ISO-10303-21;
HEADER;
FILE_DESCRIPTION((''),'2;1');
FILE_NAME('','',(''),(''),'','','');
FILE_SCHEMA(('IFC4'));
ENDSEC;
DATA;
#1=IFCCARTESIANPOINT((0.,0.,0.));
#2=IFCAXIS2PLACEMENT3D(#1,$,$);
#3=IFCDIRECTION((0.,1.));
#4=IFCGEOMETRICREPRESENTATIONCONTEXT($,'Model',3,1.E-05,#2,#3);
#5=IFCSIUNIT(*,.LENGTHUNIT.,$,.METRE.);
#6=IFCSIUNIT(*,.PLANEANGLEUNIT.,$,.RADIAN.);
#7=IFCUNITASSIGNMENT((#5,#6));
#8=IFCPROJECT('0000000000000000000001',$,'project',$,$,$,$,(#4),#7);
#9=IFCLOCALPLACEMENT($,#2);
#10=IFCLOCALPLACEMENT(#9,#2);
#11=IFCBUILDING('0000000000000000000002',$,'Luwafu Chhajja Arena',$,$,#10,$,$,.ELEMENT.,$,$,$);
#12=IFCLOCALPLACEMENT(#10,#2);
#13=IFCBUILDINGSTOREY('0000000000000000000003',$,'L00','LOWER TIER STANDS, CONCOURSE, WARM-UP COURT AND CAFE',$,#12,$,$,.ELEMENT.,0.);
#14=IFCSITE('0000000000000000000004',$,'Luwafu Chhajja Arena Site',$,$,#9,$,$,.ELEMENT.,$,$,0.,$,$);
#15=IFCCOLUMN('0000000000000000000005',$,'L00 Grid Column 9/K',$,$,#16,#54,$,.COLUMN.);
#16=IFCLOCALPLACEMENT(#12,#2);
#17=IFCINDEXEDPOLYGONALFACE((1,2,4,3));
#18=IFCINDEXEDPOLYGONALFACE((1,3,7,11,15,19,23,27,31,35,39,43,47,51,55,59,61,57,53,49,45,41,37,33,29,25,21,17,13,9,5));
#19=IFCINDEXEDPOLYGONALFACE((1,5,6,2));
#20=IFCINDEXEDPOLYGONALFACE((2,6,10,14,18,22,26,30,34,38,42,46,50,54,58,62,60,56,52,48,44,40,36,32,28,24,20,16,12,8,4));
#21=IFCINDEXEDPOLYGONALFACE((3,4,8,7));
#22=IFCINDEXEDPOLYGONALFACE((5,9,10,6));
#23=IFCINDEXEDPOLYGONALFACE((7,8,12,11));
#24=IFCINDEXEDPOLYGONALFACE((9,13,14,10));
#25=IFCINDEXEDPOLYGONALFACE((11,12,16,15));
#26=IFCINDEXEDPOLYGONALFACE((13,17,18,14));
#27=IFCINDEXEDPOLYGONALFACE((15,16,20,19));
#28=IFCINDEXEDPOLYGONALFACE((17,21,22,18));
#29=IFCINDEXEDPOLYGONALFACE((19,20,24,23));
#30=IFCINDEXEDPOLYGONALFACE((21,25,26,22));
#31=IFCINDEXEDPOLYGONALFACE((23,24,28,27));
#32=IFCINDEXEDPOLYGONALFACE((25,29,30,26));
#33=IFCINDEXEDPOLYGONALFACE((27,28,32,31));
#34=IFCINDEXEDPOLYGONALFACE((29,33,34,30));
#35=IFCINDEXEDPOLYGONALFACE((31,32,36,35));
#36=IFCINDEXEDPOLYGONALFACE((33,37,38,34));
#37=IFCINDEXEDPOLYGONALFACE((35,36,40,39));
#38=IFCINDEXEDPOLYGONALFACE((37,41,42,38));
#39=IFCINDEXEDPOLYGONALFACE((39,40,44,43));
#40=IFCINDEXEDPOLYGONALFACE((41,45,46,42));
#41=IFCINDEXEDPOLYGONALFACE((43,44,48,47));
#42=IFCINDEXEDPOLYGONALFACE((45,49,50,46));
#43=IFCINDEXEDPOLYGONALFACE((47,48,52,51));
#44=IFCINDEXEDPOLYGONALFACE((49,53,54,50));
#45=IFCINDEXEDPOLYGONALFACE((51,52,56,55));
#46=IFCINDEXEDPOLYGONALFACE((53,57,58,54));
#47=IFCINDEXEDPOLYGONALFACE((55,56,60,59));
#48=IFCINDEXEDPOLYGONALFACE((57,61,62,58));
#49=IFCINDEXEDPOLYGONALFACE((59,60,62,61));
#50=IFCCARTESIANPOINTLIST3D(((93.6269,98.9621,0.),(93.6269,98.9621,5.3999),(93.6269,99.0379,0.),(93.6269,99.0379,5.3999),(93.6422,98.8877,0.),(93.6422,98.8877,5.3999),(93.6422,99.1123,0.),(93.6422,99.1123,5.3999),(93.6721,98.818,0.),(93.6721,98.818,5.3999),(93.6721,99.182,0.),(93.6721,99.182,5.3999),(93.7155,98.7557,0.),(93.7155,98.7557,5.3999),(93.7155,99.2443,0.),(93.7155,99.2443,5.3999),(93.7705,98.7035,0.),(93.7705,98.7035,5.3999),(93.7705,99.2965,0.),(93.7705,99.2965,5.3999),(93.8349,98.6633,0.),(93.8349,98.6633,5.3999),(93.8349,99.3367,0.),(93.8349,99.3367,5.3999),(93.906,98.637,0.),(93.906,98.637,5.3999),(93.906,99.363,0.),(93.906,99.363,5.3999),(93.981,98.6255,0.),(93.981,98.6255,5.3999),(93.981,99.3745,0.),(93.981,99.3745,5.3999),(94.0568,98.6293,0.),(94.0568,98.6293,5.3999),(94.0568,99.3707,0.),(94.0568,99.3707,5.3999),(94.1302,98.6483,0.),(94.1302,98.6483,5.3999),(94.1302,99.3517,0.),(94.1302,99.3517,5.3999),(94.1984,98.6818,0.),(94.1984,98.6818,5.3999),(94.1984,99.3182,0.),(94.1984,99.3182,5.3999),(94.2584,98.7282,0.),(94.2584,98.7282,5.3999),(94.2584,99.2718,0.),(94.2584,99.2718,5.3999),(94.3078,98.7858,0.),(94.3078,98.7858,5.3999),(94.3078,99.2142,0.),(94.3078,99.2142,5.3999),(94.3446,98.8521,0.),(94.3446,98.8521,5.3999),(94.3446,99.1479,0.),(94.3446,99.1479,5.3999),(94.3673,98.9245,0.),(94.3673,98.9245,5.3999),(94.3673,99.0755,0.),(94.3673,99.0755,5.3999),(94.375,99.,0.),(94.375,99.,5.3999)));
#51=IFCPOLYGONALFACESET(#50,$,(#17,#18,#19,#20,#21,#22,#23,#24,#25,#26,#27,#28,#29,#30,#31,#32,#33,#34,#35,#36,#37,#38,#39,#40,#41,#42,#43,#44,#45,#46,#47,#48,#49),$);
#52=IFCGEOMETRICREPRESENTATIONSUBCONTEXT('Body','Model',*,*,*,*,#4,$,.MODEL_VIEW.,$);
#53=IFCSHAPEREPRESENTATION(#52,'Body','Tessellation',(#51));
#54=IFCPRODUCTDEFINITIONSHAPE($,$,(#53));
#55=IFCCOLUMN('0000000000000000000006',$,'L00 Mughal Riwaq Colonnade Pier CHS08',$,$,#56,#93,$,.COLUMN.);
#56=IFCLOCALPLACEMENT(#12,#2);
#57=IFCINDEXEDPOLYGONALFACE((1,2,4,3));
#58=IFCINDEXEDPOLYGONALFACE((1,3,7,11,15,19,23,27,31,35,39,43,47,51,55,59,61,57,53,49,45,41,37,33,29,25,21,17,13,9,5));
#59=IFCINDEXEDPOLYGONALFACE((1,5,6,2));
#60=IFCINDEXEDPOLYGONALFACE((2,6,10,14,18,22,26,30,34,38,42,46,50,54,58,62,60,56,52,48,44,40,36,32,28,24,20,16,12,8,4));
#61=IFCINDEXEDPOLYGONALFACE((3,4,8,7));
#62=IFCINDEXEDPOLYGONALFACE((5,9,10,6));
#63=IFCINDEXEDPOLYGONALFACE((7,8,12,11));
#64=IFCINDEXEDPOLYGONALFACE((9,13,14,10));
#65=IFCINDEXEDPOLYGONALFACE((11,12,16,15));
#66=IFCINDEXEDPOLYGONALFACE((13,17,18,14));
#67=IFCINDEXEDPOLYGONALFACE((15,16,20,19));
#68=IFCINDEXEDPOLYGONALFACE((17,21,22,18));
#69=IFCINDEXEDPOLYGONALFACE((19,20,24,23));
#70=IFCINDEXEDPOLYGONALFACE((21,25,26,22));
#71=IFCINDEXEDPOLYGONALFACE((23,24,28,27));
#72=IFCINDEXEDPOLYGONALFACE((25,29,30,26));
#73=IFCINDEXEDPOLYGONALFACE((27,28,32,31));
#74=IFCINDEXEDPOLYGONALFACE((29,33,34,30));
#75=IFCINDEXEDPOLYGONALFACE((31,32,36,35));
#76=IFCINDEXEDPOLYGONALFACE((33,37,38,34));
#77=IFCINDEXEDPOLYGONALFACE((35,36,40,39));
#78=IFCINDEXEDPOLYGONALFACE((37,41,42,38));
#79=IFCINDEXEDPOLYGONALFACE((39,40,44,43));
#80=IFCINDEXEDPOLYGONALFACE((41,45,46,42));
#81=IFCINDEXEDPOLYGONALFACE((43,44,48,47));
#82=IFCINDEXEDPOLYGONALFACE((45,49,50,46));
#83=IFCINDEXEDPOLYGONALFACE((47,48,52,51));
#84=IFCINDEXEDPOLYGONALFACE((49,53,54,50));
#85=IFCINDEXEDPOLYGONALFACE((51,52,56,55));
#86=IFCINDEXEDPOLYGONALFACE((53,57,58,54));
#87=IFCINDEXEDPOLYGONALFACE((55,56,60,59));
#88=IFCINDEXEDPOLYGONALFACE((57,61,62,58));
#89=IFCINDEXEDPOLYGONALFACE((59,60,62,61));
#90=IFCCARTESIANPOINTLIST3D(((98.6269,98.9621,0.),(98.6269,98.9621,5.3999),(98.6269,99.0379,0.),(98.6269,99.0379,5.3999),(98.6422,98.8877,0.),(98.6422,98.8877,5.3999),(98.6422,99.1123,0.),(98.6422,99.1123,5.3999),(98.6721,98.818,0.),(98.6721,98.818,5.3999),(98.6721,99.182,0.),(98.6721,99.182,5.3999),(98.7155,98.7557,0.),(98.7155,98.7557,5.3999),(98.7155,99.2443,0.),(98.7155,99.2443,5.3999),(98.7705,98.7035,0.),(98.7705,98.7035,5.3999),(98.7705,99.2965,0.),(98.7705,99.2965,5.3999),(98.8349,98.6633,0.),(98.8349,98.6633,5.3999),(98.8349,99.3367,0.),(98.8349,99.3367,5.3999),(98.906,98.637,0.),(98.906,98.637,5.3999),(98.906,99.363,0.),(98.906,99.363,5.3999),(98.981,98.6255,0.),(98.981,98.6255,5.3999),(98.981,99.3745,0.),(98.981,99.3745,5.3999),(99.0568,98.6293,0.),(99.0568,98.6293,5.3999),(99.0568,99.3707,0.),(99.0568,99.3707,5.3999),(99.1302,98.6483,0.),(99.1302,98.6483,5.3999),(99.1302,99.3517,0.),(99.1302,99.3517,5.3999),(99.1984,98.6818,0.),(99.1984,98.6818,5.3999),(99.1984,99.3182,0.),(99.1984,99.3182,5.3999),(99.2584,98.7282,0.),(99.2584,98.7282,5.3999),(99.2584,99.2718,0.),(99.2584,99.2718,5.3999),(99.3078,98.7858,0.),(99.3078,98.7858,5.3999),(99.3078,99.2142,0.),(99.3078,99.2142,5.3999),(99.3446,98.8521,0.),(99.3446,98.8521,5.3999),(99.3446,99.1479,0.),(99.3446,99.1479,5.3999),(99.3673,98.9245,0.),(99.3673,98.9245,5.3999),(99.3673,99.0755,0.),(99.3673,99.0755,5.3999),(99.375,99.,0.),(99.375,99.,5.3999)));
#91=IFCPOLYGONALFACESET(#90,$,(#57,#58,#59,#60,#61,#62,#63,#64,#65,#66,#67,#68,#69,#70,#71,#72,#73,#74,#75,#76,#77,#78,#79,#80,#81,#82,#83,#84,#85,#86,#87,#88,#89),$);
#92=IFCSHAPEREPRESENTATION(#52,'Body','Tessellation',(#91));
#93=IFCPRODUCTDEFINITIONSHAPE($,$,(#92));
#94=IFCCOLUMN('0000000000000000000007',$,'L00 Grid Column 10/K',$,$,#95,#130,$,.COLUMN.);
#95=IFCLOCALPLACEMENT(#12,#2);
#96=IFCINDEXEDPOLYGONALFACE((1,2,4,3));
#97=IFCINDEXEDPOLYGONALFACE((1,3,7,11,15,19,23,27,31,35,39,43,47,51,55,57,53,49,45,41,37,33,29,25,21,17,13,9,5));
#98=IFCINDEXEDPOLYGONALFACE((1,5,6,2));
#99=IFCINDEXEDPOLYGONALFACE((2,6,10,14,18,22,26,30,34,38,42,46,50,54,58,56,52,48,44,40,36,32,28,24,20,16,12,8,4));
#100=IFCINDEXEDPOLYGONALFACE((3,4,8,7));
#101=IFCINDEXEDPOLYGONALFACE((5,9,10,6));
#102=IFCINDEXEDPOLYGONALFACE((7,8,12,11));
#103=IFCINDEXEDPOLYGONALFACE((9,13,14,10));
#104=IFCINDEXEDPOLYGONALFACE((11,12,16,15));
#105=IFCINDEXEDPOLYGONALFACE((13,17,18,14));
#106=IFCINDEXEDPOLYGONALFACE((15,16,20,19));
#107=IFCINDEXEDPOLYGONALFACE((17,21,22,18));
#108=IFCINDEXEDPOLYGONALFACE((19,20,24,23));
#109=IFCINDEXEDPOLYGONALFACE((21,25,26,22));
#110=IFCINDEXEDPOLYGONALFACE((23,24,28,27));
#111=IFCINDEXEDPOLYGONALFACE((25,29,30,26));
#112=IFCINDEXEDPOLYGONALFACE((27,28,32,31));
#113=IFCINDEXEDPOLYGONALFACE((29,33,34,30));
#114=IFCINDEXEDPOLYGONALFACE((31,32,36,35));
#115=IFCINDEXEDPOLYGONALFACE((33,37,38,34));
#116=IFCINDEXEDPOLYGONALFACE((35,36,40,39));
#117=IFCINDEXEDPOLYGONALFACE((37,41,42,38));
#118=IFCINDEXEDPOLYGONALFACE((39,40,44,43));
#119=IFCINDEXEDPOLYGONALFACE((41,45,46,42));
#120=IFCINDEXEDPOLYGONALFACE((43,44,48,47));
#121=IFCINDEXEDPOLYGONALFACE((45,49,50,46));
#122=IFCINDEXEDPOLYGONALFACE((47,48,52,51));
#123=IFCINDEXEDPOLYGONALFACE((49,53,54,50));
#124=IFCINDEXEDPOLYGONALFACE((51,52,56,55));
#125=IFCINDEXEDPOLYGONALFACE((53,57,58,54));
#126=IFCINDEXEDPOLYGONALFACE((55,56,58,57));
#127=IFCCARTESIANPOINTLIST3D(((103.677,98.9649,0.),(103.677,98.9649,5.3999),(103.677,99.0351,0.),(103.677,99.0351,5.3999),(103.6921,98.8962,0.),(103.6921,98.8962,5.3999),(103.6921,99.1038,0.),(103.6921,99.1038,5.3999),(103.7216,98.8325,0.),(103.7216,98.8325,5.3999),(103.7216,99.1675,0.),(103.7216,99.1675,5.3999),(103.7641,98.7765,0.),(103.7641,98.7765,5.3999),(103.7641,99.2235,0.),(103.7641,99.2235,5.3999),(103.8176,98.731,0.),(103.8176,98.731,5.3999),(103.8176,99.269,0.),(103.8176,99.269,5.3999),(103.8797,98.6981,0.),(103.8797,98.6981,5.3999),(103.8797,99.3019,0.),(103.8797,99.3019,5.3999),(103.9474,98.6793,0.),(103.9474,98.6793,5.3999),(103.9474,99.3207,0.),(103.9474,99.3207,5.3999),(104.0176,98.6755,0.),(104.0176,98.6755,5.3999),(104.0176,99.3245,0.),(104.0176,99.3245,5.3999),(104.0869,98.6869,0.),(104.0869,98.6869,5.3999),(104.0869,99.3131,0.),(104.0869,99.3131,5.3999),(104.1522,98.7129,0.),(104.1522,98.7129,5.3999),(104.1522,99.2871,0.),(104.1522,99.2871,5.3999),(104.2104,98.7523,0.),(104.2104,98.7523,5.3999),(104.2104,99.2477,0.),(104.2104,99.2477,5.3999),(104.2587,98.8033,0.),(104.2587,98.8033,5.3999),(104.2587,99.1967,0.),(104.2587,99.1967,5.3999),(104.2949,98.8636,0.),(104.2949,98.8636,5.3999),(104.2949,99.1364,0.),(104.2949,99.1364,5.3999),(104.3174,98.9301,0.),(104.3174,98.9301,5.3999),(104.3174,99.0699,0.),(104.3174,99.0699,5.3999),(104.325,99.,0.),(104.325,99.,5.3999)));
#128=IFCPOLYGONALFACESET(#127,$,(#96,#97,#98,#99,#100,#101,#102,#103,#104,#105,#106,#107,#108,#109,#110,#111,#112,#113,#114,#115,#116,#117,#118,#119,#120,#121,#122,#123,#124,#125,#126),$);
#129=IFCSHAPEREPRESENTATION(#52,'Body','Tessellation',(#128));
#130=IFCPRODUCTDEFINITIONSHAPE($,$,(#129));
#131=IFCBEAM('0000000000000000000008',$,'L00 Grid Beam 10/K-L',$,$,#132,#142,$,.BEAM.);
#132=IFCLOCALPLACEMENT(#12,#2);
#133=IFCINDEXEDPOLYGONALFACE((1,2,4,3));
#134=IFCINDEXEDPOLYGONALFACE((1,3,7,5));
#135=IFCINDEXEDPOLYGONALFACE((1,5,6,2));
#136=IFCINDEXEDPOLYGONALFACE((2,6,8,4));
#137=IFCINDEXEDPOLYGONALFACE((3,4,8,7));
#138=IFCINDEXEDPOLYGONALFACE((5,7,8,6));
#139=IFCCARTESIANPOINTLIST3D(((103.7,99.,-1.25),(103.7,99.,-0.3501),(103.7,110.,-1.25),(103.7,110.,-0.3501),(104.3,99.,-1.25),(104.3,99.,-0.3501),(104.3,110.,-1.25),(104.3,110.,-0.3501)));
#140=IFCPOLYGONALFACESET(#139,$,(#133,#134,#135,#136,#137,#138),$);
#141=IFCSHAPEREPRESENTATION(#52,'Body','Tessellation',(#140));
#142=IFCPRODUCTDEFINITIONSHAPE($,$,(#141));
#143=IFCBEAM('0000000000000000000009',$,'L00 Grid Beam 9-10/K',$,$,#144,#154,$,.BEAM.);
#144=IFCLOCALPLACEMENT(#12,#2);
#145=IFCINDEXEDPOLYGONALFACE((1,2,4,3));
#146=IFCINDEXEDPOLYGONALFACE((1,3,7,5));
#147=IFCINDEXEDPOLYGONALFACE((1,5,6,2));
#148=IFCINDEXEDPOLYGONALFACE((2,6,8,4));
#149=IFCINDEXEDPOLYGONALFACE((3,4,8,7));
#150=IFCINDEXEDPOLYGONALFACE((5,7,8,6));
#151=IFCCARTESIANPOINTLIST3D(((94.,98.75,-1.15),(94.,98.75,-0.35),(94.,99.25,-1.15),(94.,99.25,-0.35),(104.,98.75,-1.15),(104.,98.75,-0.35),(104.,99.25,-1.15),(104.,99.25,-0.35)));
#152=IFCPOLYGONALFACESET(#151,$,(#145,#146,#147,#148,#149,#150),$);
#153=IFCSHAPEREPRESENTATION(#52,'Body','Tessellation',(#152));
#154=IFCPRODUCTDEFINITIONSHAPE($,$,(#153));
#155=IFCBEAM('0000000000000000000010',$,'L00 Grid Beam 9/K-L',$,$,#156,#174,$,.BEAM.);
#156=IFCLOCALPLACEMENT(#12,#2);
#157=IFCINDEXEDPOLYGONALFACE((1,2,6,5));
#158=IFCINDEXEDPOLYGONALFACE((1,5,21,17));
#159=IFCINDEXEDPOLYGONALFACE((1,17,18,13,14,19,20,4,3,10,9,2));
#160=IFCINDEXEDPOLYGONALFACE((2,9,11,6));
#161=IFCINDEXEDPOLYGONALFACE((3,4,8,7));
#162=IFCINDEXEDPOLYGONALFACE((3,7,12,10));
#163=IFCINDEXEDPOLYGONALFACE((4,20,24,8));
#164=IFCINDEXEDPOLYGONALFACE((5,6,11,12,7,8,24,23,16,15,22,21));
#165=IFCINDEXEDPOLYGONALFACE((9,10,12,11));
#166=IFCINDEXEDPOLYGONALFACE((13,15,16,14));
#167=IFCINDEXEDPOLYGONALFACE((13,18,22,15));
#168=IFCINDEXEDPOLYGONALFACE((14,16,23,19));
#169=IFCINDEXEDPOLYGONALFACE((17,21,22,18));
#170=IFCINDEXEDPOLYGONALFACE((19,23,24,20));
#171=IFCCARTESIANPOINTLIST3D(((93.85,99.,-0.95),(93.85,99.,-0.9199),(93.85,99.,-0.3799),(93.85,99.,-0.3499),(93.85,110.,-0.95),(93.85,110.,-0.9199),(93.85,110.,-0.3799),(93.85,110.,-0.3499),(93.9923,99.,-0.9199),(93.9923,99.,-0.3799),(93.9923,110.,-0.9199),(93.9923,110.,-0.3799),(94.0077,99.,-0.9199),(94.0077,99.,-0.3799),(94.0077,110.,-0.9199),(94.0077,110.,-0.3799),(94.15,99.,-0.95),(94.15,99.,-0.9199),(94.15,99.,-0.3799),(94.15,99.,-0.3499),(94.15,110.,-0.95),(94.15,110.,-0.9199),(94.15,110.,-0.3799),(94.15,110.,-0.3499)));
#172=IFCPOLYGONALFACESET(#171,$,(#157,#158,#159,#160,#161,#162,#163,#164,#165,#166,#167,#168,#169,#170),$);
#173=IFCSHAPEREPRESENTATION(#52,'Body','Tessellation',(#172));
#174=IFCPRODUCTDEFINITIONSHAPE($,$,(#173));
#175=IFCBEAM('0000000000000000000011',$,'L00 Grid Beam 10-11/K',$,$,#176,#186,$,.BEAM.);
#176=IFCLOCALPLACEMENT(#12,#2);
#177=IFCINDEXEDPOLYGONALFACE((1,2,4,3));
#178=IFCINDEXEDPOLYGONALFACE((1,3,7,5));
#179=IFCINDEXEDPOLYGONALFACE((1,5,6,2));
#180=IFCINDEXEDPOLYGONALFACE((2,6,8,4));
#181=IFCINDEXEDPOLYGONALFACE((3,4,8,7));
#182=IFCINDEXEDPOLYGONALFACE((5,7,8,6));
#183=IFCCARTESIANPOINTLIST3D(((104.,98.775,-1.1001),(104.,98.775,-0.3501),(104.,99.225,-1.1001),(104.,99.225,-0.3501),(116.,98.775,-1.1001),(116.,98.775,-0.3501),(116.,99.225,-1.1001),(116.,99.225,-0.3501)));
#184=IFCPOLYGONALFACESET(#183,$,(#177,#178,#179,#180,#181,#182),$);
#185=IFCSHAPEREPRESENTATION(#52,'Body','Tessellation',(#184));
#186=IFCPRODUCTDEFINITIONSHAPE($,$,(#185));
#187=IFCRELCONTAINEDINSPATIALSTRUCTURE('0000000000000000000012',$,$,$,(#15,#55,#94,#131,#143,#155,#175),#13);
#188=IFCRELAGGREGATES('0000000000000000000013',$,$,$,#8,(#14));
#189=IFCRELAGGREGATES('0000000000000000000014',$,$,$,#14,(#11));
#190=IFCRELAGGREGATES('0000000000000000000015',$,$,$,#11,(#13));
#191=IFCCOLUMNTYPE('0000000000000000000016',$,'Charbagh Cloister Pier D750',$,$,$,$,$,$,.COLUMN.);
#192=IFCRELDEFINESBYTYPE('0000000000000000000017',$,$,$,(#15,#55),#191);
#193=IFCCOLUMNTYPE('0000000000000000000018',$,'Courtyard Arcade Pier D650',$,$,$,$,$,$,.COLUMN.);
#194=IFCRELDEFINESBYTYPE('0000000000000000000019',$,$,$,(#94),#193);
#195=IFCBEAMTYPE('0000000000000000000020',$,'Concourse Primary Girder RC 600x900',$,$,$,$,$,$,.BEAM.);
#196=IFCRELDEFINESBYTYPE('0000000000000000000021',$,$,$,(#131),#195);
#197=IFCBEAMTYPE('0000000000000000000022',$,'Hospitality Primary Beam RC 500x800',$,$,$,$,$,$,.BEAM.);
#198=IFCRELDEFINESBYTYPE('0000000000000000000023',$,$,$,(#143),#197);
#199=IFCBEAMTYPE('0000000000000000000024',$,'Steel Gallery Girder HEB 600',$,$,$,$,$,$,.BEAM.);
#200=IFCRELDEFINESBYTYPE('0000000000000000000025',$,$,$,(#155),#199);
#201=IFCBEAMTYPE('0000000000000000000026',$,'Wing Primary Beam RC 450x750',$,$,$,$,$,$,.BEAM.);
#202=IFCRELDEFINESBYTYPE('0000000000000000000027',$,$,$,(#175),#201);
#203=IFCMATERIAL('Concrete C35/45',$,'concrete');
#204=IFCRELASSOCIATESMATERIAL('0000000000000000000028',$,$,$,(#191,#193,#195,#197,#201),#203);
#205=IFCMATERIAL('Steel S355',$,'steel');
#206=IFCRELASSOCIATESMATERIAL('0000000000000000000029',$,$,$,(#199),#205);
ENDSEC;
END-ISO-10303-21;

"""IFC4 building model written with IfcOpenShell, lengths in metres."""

from ifc_helpers import new_model, si_unit, direction, frame, origin, origin_2d, place, context, subcontext, project, spatial, rectangle, circle, i_section, extrude, material, material_profile, profile_set, type_object, element, save


model = new_model("IFC4")

# Units and contexts
model_context = context("Model", 3, precision=1e-05, world=origin(), true_north=direction((0.0, 1.0)))
body_context = subcontext(model_context, "Body", "Model", "MODEL_VIEW")
ifc_project = project(units=[si_unit("LENGTHUNIT", "METRE"), si_unit("PLANEANGLEUNIT", "RADIAN")], contexts=[model_context])

# Site, building, storey
site_placement = place(None, origin())
site = spatial("IfcSite", under=ifc_project, at=site_placement, Name="Luwafu Chhajja Arena Site", CompositionType="ELEMENT", RefElevation=0.0)
building_placement = place(site_placement, origin())
building = spatial("IfcBuilding", under=site, at=building_placement, Name="Luwafu Chhajja Arena", CompositionType="ELEMENT")
storey_placement = place(building_placement, origin())
storey = spatial("IfcBuildingStorey", under=building, at=storey_placement, Name="L00", Description="LOWER TIER STANDS, CONCOURSE, WARM-UP COURT AND CAFE", CompositionType="ELEMENT", Elevation=0.0)

# Columns
ifc_material_1 = material(Name="Concrete C35/45", Category="concrete")
ifc_material_profile_1 = material_profile(ifc_material_1, circle(Radius=0.375, at=origin_2d()), Name="RC COL D750")
ifc_profile_set_1 = profile_set([ifc_material_profile_1], Name="Concrete C35/45")
column_type_1 = type_object("IfcColumnType", Name="Charbagh Cloister Pier D750", PredefinedType="COLUMN", material=ifc_profile_set_1)
for number, where, z_axis, x_axis, name in (
    (1, (94.0, 99.0, 0.0), (0.0, 0.0, 1.0), (1.0, 0.0, 0.0), "L00 Grid Column 9/K"),
    (2, (99.0, 99.0, 0.0), (0.0, 0.0, 1.0), (1.0, 0.0, 0.0), "L00 Mughal Riwaq Colonnade Pier CHS08"),
):
    element("IfcColumn", number, at=place(storey_placement, frame(where, z_axis=z_axis, x_axis=x_axis)), inside=storey, type_object=column_type_1, Name=name, PredefinedType="COLUMN", context=body_context, shape_type="SweptSolid", body=[
        extrude(circle(Radius=0.375, at=origin_2d()), origin(), (0.0, 0.0, 1.0), 5.3999),
    ])
ifc_material_profile_2 = material_profile(ifc_material_1, circle(Radius=0.325, at=origin_2d()), Name="RC COL D650")
ifc_profile_set_2 = profile_set([ifc_material_profile_2], Name="Concrete C35/45")
column_type_2 = type_object("IfcColumnType", Name="Courtyard Arcade Pier D650", PredefinedType="COLUMN", material=ifc_profile_set_2)
column_placement = place(storey_placement, frame((104.0, 99.0, 0.0), z_axis=(0.0, 0.0, 1.0), x_axis=(1.0, 0.0, 0.0)))
element("IfcColumn", 3, at=column_placement, inside=storey, type_object=column_type_2, Name="L00 Grid Column 10/K", PredefinedType="COLUMN", context=body_context, shape_type="SweptSolid", body=[
    extrude(circle(Radius=0.325, at=origin_2d()), origin(), (0.0, 0.0, 1.0), 5.3999),
])

# Beams
ifc_material_profile_3 = material_profile(ifc_material_1, rectangle(XDim=0.6001, YDim=0.8999, at=origin_2d()), Name="RC 600x900")
ifc_profile_set_3 = profile_set([ifc_material_profile_3], Name="Concrete C35/45")
beam_type_1 = type_object("IfcBeamType", Name="Concourse Primary Girder RC 600x900", PredefinedType="BEAM", material=ifc_profile_set_3)
beam_1_placement = place(storey_placement, frame((104.0, 99.0, -0.8), z_axis=(0.0, 1.0, 0.0), x_axis=(-1.0, 0.0, 0.0)))
element("IfcBeam", 4, at=beam_1_placement, inside=storey, type_object=beam_type_1, Name="L00 Grid Beam 10/K-L", PredefinedType="BEAM", context=body_context, shape_type="SweptSolid", body=[
    extrude(rectangle(XDim=0.6001, YDim=0.8999, at=origin_2d()), origin(), (0.0, 0.0, 1.0), 11.0),
])
ifc_material_profile_4 = material_profile(ifc_material_1, rectangle(XDim=0.5, YDim=0.8, at=origin_2d()), Name="RC 500x800")
ifc_profile_set_4 = profile_set([ifc_material_profile_4], Name="Concrete C35/45")
beam_type_2 = type_object("IfcBeamType", Name="Hospitality Primary Beam RC 500x800", PredefinedType="BEAM", material=ifc_profile_set_4)
beam_2_placement = place(storey_placement, frame((94.0, 99.0, -0.75), z_axis=(1.0, 0.0, 0.0), x_axis=(0.0, 1.0, 0.0)))
element("IfcBeam", 5, at=beam_2_placement, inside=storey, type_object=beam_type_2, Name="L00 Grid Beam 9-10/K", PredefinedType="BEAM", context=body_context, shape_type="SweptSolid", body=[
    extrude(rectangle(XDim=0.5, YDim=0.8, at=origin_2d()), origin(), (0.0, 0.0, 1.0), 10.0),
])
ifc_material_2 = material(Name="Steel S355", Category="steel")
ifc_material_profile_5 = material_profile(ifc_material_2, i_section(OverallWidth=0.3, OverallDepth=0.6001, WebThickness=0.0154, FlangeThickness=0.03, at=origin_2d()), Name="HEB 600")
ifc_profile_set_5 = profile_set([ifc_material_profile_5], Name="Steel S355")
beam_type_3 = type_object("IfcBeamType", Name="Steel Gallery Girder HEB 600", PredefinedType="BEAM", material=ifc_profile_set_5)
beam_3_placement = place(storey_placement, frame((94.0, 99.0, -0.6499), z_axis=(0.0, 1.0, 0.0), x_axis=(-1.0, 0.0, 0.0)))
element("IfcBeam", 6, at=beam_3_placement, inside=storey, type_object=beam_type_3, Name="L00 Grid Beam 9/K-L", PredefinedType="BEAM", context=body_context, shape_type="SweptSolid", body=[
    extrude(i_section(OverallWidth=0.3, OverallDepth=0.6001, WebThickness=0.0154, FlangeThickness=0.03, at=origin_2d()), origin(), (0.0, 0.0, 1.0), 11.0),
])
ifc_material_profile_6 = material_profile(ifc_material_1, rectangle(XDim=0.45, YDim=0.75, at=origin_2d()), Name="RC 450x750")
ifc_profile_set_6 = profile_set([ifc_material_profile_6], Name="Concrete C35/45")
beam_type_4 = type_object("IfcBeamType", Name="Wing Primary Beam RC 450x750", PredefinedType="BEAM", material=ifc_profile_set_6)
beam_4_placement = place(storey_placement, frame((104.0, 99.0, -0.7251), z_axis=(1.0, 0.0, 0.0), x_axis=(0.0, 1.0, 0.0)))
element("IfcBeam", 7, at=beam_4_placement, inside=storey, type_object=beam_type_4, Name="L00 Grid Beam 10-11/K", PredefinedType="BEAM", context=body_context, shape_type="SweptSolid", body=[
    extrude(rectangle(XDim=0.45, YDim=0.75, at=origin_2d()), origin(), (0.0, 0.0, 1.0), 12.0),
])

save(model, "model.ifc")
